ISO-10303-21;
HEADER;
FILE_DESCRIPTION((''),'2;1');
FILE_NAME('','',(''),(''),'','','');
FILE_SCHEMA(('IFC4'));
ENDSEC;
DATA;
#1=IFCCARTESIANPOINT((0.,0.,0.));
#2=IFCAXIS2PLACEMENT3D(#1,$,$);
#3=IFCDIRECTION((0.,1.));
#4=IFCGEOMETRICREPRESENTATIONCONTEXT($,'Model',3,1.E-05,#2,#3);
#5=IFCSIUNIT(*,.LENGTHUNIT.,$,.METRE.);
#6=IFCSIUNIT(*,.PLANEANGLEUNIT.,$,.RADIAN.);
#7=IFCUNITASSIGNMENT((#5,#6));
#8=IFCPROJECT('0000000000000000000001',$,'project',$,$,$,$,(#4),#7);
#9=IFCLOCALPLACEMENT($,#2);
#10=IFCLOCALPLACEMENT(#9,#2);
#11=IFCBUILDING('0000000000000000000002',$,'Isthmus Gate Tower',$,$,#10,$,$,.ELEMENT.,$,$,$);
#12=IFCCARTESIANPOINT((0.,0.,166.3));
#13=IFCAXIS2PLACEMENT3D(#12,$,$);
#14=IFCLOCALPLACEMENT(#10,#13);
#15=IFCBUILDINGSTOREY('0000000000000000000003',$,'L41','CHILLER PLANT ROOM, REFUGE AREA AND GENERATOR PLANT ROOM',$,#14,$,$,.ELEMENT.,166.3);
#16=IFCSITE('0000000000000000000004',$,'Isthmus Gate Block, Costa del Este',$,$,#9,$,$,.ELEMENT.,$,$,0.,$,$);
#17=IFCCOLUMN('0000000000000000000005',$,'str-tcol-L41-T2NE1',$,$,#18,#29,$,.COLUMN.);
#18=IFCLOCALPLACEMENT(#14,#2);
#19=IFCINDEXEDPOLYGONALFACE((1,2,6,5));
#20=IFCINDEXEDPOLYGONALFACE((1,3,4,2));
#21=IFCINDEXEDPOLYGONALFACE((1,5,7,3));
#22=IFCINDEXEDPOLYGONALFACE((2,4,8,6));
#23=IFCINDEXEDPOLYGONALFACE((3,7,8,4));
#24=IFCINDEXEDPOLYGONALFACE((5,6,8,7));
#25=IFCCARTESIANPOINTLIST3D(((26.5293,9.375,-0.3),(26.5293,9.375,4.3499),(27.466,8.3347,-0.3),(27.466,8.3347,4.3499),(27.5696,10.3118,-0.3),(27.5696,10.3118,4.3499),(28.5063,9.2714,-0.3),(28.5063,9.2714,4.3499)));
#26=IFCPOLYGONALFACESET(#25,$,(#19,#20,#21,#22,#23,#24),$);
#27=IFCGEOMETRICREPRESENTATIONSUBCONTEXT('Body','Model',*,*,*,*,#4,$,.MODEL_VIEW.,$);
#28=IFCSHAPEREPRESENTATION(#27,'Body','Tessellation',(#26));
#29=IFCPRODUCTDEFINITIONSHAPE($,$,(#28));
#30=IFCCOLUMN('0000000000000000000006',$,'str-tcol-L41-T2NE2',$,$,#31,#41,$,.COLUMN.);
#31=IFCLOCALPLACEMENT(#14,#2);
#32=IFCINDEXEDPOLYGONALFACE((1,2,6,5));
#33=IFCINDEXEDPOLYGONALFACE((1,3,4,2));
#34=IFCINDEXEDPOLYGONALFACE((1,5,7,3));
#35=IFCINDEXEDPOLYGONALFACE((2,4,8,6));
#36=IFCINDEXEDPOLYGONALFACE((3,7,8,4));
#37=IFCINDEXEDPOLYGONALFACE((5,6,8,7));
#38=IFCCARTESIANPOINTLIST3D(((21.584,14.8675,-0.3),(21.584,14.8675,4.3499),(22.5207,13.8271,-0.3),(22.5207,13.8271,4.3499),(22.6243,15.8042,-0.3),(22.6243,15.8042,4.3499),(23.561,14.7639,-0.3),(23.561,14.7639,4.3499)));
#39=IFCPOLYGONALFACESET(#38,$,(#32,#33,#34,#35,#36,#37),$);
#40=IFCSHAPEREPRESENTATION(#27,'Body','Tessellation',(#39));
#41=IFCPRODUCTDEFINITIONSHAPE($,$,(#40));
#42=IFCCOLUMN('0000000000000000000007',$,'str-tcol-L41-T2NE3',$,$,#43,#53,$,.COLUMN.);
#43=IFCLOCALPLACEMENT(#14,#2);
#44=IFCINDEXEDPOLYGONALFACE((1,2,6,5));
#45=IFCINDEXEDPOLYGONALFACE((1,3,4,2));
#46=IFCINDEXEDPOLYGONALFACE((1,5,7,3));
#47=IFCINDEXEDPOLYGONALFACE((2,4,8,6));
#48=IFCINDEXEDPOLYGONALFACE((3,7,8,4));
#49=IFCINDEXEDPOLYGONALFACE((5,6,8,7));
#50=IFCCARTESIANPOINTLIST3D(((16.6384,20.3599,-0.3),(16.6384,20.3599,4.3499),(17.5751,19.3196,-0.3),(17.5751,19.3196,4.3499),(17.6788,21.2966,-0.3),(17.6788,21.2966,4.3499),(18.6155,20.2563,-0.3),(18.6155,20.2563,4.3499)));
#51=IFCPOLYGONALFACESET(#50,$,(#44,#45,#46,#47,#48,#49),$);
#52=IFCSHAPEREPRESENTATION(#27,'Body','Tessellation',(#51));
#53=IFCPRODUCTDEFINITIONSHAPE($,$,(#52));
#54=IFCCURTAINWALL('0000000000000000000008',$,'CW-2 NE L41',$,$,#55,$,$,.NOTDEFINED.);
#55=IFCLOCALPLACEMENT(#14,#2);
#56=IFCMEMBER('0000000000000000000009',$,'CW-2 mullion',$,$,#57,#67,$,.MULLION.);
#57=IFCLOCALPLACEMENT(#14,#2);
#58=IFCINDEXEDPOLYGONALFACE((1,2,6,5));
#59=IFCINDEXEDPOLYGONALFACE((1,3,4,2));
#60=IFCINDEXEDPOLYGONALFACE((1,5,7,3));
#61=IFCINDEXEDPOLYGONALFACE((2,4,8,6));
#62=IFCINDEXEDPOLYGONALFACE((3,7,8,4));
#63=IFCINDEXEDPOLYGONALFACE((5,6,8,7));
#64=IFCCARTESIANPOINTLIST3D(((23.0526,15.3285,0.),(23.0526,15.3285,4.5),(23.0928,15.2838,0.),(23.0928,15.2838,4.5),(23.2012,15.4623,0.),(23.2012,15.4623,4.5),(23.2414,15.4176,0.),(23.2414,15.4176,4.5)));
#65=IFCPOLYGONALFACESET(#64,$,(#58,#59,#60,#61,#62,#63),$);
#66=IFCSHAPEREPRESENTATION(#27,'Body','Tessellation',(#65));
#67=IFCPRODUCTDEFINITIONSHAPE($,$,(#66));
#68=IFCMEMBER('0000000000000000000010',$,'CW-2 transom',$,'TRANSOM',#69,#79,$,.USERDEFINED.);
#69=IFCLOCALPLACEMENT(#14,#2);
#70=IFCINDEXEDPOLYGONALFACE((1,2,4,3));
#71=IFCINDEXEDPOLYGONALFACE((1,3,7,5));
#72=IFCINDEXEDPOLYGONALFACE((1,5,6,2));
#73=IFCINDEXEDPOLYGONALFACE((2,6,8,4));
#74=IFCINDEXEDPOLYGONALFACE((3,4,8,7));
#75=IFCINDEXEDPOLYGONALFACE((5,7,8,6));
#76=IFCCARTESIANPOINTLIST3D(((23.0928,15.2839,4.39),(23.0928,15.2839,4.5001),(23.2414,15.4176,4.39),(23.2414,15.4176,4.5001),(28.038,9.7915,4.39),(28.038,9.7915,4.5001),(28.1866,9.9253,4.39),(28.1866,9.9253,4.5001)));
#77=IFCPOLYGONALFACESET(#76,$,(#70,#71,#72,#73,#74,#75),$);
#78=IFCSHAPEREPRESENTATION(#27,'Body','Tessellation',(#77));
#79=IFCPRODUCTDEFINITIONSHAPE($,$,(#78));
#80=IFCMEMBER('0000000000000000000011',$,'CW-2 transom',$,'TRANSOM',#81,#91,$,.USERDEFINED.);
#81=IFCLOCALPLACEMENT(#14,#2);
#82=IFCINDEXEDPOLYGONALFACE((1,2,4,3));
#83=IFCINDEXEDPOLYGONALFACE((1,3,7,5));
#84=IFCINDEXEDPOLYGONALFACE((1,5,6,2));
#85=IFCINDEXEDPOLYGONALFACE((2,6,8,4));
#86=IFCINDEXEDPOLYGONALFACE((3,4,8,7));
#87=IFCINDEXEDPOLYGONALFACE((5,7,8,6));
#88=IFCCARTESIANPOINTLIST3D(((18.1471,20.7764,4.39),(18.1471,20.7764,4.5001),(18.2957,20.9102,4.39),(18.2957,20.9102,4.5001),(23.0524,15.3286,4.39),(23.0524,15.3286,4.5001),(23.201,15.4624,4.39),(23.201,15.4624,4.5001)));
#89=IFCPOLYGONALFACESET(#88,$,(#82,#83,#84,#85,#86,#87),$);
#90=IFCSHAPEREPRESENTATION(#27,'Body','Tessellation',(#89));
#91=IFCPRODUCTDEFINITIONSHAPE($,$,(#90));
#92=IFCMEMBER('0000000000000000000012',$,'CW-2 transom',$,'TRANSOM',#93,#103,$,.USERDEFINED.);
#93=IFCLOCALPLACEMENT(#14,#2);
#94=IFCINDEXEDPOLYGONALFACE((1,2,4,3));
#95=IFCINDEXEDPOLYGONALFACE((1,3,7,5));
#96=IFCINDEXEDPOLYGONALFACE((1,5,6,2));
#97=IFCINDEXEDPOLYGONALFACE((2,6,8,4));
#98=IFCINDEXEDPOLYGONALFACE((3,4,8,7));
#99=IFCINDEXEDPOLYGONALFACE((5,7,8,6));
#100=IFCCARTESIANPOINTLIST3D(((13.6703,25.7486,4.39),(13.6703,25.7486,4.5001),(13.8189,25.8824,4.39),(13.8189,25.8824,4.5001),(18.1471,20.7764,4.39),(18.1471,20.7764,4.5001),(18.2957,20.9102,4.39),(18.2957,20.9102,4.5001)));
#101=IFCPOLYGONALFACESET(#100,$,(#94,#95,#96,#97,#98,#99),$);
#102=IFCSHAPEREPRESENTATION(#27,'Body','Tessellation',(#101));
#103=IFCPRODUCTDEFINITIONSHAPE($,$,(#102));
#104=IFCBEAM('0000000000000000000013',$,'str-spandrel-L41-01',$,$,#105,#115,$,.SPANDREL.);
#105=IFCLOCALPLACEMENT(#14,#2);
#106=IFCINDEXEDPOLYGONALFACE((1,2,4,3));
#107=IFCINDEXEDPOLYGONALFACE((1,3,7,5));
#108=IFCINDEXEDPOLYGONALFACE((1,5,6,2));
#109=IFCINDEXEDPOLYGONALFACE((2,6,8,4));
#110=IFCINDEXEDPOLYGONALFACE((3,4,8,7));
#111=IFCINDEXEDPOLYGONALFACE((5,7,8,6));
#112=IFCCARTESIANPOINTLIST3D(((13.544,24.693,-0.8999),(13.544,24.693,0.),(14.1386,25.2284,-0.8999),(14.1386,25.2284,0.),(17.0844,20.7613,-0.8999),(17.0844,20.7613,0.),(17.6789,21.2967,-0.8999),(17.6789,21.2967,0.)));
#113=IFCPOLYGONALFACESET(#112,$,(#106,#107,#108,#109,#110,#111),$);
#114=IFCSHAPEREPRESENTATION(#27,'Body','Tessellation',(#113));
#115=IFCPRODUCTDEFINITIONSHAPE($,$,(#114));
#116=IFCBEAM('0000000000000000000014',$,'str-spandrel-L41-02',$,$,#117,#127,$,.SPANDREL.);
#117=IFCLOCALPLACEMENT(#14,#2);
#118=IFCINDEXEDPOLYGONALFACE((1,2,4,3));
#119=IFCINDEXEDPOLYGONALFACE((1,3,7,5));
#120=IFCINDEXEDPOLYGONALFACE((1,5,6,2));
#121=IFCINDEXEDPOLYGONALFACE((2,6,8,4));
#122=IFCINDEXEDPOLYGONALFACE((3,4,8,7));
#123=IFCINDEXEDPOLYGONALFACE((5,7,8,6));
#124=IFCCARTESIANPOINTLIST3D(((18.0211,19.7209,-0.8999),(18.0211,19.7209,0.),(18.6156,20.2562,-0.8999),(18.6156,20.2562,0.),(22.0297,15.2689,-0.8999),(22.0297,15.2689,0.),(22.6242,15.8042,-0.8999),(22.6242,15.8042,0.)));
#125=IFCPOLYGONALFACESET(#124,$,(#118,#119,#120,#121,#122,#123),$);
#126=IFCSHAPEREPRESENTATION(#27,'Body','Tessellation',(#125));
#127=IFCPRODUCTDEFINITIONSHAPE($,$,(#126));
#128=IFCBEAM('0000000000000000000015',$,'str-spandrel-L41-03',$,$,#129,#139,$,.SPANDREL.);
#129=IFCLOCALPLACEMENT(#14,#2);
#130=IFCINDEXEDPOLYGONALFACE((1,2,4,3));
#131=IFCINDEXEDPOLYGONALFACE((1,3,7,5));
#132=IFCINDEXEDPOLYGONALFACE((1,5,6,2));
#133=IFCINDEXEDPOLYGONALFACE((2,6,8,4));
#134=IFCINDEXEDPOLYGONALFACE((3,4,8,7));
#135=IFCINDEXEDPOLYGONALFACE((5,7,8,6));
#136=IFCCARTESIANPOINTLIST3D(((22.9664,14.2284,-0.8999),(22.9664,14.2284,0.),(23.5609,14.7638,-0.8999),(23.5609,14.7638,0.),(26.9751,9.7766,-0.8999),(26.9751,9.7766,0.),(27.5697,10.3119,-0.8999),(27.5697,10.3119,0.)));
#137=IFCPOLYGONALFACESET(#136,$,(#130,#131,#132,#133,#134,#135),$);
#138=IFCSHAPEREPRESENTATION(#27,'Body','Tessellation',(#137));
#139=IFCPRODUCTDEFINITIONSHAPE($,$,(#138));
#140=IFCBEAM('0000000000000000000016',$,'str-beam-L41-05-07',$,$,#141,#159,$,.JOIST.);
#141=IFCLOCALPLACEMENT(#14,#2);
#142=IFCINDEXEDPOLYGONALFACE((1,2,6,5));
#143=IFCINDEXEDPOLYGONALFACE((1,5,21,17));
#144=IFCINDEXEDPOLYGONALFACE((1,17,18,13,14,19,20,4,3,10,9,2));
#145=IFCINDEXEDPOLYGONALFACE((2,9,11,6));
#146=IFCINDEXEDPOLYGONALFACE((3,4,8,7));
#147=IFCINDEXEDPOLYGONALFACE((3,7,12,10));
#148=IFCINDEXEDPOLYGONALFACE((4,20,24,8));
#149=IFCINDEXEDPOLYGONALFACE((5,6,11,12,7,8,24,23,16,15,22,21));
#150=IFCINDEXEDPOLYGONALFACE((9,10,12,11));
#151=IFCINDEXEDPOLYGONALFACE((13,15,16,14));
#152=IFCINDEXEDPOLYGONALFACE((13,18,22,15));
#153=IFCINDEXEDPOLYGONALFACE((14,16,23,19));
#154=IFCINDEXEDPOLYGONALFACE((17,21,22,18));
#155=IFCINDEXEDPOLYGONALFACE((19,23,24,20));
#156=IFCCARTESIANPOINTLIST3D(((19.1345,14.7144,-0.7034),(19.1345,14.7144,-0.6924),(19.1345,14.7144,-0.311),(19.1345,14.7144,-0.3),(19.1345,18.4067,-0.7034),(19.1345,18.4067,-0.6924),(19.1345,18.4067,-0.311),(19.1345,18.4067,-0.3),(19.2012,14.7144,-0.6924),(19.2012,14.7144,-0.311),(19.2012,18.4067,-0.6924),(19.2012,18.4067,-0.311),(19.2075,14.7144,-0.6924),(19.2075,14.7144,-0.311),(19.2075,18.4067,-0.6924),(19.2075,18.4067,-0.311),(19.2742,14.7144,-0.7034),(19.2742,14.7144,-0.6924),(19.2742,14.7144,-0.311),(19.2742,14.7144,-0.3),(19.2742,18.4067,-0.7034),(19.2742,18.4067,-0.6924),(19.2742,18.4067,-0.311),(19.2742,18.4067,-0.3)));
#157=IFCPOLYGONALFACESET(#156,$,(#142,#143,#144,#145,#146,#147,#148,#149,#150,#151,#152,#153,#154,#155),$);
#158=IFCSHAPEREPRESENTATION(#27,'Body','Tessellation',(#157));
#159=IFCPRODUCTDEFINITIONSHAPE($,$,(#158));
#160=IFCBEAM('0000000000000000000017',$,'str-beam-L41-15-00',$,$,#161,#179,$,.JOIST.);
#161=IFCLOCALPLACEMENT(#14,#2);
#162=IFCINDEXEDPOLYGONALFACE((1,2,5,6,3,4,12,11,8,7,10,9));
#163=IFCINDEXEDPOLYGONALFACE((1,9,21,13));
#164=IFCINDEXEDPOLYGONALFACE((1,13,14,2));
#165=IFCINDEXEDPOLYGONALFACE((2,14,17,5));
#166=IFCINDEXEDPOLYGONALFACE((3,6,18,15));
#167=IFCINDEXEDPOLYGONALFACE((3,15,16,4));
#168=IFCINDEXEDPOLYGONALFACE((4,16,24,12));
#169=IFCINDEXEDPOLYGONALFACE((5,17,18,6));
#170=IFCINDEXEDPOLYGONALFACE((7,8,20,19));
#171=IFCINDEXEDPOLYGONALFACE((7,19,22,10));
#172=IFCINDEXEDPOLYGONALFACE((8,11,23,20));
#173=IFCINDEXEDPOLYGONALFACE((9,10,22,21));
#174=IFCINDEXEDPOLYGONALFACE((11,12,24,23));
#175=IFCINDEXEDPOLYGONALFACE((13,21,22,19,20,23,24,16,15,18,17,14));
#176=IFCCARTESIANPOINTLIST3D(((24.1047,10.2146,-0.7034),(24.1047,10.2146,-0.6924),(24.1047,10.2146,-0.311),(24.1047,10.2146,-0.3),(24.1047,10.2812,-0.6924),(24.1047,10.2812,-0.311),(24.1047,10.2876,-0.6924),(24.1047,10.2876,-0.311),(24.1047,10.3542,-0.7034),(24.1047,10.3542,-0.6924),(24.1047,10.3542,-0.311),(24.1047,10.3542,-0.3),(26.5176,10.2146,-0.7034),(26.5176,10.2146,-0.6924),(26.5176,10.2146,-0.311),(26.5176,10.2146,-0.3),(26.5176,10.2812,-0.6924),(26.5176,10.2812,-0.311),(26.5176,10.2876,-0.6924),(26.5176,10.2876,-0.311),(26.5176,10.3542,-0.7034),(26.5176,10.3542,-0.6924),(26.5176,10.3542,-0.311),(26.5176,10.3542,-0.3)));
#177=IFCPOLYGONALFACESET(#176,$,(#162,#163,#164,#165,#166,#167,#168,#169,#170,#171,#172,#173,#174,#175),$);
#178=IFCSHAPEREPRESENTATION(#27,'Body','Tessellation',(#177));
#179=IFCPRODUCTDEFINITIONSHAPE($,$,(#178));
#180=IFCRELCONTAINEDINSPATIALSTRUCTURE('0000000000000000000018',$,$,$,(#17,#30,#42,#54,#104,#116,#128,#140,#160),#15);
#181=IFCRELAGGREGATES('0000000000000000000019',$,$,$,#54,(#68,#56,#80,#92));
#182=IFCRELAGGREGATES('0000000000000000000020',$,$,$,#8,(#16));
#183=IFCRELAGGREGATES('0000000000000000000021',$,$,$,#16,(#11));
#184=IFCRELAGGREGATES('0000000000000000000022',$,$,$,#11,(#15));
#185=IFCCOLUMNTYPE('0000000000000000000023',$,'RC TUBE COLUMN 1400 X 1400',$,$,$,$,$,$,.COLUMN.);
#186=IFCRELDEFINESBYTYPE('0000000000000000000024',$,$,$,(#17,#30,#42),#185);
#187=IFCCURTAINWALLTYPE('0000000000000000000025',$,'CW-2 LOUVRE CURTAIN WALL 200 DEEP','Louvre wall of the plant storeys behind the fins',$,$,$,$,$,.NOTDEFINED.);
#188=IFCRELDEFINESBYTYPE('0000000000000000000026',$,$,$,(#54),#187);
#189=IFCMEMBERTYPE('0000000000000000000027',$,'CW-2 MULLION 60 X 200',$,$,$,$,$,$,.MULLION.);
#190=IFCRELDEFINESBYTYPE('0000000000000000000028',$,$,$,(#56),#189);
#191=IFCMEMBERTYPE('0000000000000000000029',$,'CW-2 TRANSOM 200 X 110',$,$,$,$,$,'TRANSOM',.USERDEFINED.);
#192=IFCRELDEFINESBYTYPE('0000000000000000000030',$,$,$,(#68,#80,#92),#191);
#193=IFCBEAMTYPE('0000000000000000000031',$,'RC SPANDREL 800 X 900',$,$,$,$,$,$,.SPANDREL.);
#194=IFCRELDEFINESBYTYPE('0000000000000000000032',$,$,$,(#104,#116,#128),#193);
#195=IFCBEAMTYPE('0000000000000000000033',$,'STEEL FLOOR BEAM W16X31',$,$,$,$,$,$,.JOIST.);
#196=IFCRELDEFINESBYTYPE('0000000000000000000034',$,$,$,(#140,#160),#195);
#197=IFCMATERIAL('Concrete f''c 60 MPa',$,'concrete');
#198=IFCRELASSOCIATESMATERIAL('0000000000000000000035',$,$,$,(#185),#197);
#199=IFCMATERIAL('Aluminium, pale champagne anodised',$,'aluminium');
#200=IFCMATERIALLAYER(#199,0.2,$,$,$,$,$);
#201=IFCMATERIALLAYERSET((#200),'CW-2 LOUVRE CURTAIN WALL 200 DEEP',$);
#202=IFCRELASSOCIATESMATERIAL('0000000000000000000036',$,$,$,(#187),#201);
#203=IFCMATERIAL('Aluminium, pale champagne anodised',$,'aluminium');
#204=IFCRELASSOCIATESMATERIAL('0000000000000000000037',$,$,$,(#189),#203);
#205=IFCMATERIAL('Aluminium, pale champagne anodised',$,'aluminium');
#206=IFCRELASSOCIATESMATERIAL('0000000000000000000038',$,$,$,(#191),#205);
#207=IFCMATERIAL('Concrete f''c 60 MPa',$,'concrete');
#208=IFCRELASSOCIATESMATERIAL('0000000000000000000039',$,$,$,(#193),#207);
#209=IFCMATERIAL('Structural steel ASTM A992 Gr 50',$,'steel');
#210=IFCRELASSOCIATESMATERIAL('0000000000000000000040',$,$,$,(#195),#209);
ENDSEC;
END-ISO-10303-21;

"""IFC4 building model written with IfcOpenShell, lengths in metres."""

from ifc_helpers import new_model, si_unit, direction, frame, origin, origin_2d, place, context, subcontext, project, spatial, rectangle, i_section, extrude, material, layer, layer_set, material_profile, profile_set, type_object, element, aggregate, save


model = new_model("IFC4")

# Units and contexts
model_context = context("Model", 3, precision=1e-05, world=origin(), true_north=direction((0.0, 1.0)))
body_context = subcontext(model_context, "Body", "Model", "MODEL_VIEW")
ifc_project = project(units=[si_unit("LENGTHUNIT", "METRE"), si_unit("PLANEANGLEUNIT", "RADIAN")], contexts=[model_context])

# Site, building, storey
site_placement = place(None, origin())
site = spatial("IfcSite", under=ifc_project, at=site_placement, Name="Isthmus Gate Block, Costa del Este", CompositionType="ELEMENT", RefElevation=0.0)
building_placement = place(site_placement, origin())
building = spatial("IfcBuilding", under=site, at=building_placement, Name="Isthmus Gate Tower", CompositionType="ELEMENT")
storey_placement = place(building_placement, frame((0.0, 0.0, 166.3)))
storey = spatial("IfcBuildingStorey", under=building, at=storey_placement, Name="L41", Description="CHILLER PLANT ROOM, REFUGE AREA AND GENERATOR PLANT ROOM", CompositionType="ELEMENT", Elevation=166.3)

# Columns
ifc_material_1 = material(Name="Concrete f'c 60 MPa", Category="concrete")
ifc_material_profile_1 = material_profile(ifc_material_1, rectangle(XDim=1.3999, YDim=1.3999, at=origin_2d()), Name="RC 1400X1400")
ifc_profile_set_1 = profile_set([ifc_material_profile_1], Name="Concrete f'c 60 MPa")
column_type = type_object("IfcColumnType", Name="RC TUBE COLUMN 1400 X 1400", PredefinedType="COLUMN", material=ifc_profile_set_1)
for number, where, z_axis, x_axis, name in (
    (1, (27.5178, 9.3232, -0.3), (0.0, 0.0, 1.0), (-0.669131, 0.743145, 0.0), "str-tcol-L41-T2NE1"),
    (2, (22.5725, 14.8157, -0.3), (0.0, 0.0, 1.0), (-0.669131, 0.743145, 0.0), "str-tcol-L41-T2NE2"),
    (3, (17.627, 20.3081, -0.3), (0.0, 0.0, 1.0), (-0.669131, 0.743145, 0.0), "str-tcol-L41-T2NE3"),
):
    element("IfcColumn", number, at=place(storey_placement, frame(where, z_axis=z_axis, x_axis=x_axis)), inside=storey, type_object=column_type, Name=name, PredefinedType="COLUMN", context=body_context, shape_type="SweptSolid", body=[
        extrude(rectangle(XDim=1.3999, YDim=1.3999, at=origin_2d()), origin(), (0.0, 0.0, 1.0), 4.6499),
    ])

# Curtain wall, members
ifc_material_2 = material(Name="Aluminium, pale champagne anodised", Category="aluminium")
ifc_layer_1 = layer(ifc_material_2, 0.2)
ifc_layer_set_1 = layer_set([ifc_layer_1], Name="CW-2 LOUVRE CURTAIN WALL 200 DEEP")
curtain_wall_type = type_object("IfcCurtainWallType", Name="CW-2 LOUVRE CURTAIN WALL 200 DEEP", Description="Louvre wall of the plant storeys behind the fins", PredefinedType="NOTDEFINED", material=ifc_layer_set_1)
curtain_wall_placement = place(storey_placement, origin())
curtain_wall = element("IfcCurtainWall", 4, at=curtain_wall_placement, inside=storey, type_object=curtain_wall_type, Name="CW-2 NE L41", PredefinedType="NOTDEFINED")
ifc_material_3 = material(Name="Aluminium, pale champagne anodised", Category="aluminium")
ifc_material_profile_2 = material_profile(ifc_material_3, rectangle(XDim=0.0601, YDim=0.2, at=origin_2d()), Name="60x200")
ifc_profile_set_2 = profile_set([ifc_material_profile_2], Name="Aluminium, pale champagne anodised")
member_type_1 = type_object("IfcMemberType", Name="CW-2 MULLION 60 X 200", PredefinedType="MULLION", material=ifc_profile_set_2)
member_1_placement = place(storey_placement, frame((23.147, 15.373, 0.0), z_axis=(0.0, 0.0, 1.0), x_axis=(-0.669131, 0.743145, 0.0)))
member_1 = element("IfcMember", 5, at=member_1_placement, type_object=member_type_1, Name="CW-2 mullion", PredefinedType="MULLION", context=body_context, shape_type="SweptSolid", body=[
    extrude(rectangle(XDim=0.0601, YDim=0.2, at=origin_2d()), origin(), (0.0, 0.0, 1.0), 4.5),
])
ifc_material_4 = material(Name="Aluminium, pale champagne anodised", Category="aluminium")
ifc_material_profile_3 = material_profile(ifc_material_4, rectangle(XDim=0.2, YDim=0.1101, at=origin_2d()), Name="200x110")
ifc_profile_set_3 = profile_set([ifc_material_profile_3], Name="Aluminium, pale champagne anodised")
member_type_2 = type_object("IfcMemberType", Name="CW-2 TRANSOM 200 X 110", ElementType="TRANSOM", PredefinedType="USERDEFINED", material=ifc_profile_set_3)
member_2_placement = place(storey_placement, frame((28.1123, 9.8584, 4.4451), z_axis=(-0.669123, 0.743151, 0.0), x_axis=(-0.743151, -0.669123, 0.0)))
member_2 = element("IfcMember", 6, at=member_2_placement, type_object=member_type_2, Name="CW-2 transom", ObjectType="TRANSOM", PredefinedType="USERDEFINED", context=body_context, shape_type="SweptSolid", body=[
    extrude(rectangle(XDim=0.2, YDim=0.1101, at=origin_2d()), origin(), (0.0, 0.0, 1.0), 7.3906),
])
member_3_placement = place(storey_placement, frame((23.1267, 15.3955, 4.4451), z_axis=(-0.669138, 0.743138, 0.0), x_axis=(-0.743138, -0.669138, 0.0)))
member_3 = element("IfcMember", 7, at=member_3_placement, type_object=member_type_2, Name="CW-2 transom", ObjectType="TRANSOM", PredefinedType="USERDEFINED", context=body_context, shape_type="SweptSolid", body=[
    extrude(rectangle(XDim=0.2, YDim=0.1101, at=origin_2d()), origin(), (0.0, 0.0, 1.0), 7.3308),
])
member_4_placement = place(storey_placement, frame((18.2214, 20.8433, 4.4451), z_axis=(-0.669118, 0.743156, 0.0), x_axis=(-0.743156, -0.669118, 0.0)))
member_4 = element("IfcMember", 8, at=member_4_placement, type_object=member_type_2, Name="CW-2 transom", ObjectType="TRANSOM", PredefinedType="USERDEFINED", context=body_context, shape_type="SweptSolid", body=[
    extrude(rectangle(XDim=0.2, YDim=0.1101, at=origin_2d()), origin(), (0.0, 0.0, 1.0), 6.6907),
])

# Beams
ifc_material_5 = material(Name="Concrete f'c 60 MPa", Category="concrete")
ifc_material_profile_4 = material_profile(ifc_material_5, rectangle(XDim=0.8, YDim=0.8999, at=origin_2d()), Name="RC 800X900")
ifc_profile_set_4 = profile_set([ifc_material_profile_4], Name="Concrete f'c 60 MPa")
beam_type_1 = type_object("IfcBeamType", Name="RC SPANDREL 800 X 900", PredefinedType="SPANDREL", material=ifc_profile_set_4)
beam_1_placement = place(storey_placement, frame((13.8413, 24.9607, -0.45), z_axis=(0.669153, -0.743124, 0.0), x_axis=(0.743124, 0.669153, 0.0)))
element("IfcBeam", 9, at=beam_1_placement, inside=storey, type_object=beam_type_1, Name="str-spandrel-L41-01", PredefinedType="SPANDREL", context=body_context, shape_type="SweptSolid", body=[
    extrude(rectangle(XDim=0.8, YDim=0.8999, at=origin_2d()), origin(), (0.0, 0.0, 1.0), 5.2908),
])
for number, where, z_axis, x_axis, name in (
    (10, (18.3184, 19.9885, -0.45), (0.669134, -0.743142, 0.0), (0.743142, 0.669134, 0.0), "str-spandrel-L41-02"),
    (11, (23.2637, 14.4961, -0.45), (0.669156, -0.743122, 0.0), (0.743122, 0.669156, 0.0), "str-spandrel-L41-03"),
):
    element("IfcBeam", number, at=place(storey_placement, frame(where, z_axis=z_axis, x_axis=x_axis)), inside=storey, type_object=beam_type_1, Name=name, PredefinedType="SPANDREL", context=body_context, shape_type="SweptSolid", body=[
        extrude(rectangle(XDim=0.8, YDim=0.8999, at=origin_2d()), origin(), (0.0, 0.0, 1.0), 5.9907),
    ])
ifc_material_6 = material(Name="Structural steel ASTM A992 Gr 50", Category="steel")
ifc_material_profile_5 = material_profile(ifc_material_6, i_section(OverallWidth=0.1396, OverallDepth=0.4033, WebThickness=0.0063, FlangeThickness=0.011, at=origin_2d()), Name="W16X31")
ifc_profile_set_5 = profile_set([ifc_material_profile_5], Name="Structural steel ASTM A992 Gr 50")
beam_type_2 = type_object("IfcBeamType", Name="STEEL FLOOR BEAM W16X31", PredefinedType="JOIST", material=ifc_profile_set_5)
beam_2_placement = place(storey_placement, frame((19.2043, 14.7144, -0.5017), z_axis=(0.0, 1.0, 0.0), x_axis=(-1.0, 0.0, 0.0)))
element("IfcBeam", 12, at=beam_2_placement, inside=storey, type_object=beam_type_2, Name="str-beam-L41-05-07", PredefinedType="JOIST", context=body_context, shape_type="SweptSolid", body=[
    extrude(i_section(OverallWidth=0.1396, OverallDepth=0.4033, WebThickness=0.0063, FlangeThickness=0.011, at=origin_2d()), origin(), (0.0, 0.0, 1.0), 3.6924),
])
beam_3_placement = place(storey_placement, frame((24.1047, 10.2844, -0.5017), z_axis=(1.0, 0.0, 0.0), x_axis=(0.0, 1.0, 0.0)))
element("IfcBeam", 13, at=beam_3_placement, inside=storey, type_object=beam_type_2, Name="str-beam-L41-15-00", PredefinedType="JOIST", context=body_context, shape_type="SweptSolid", body=[
    extrude(i_section(OverallWidth=0.1396, OverallDepth=0.4033, WebThickness=0.0063, FlangeThickness=0.011, at=origin_2d()), origin(), (0.0, 0.0, 1.0), 2.4128),
])

aggregate(curtain_wall, [member_2, member_1, member_3, member_4])

save(model, "model.ifc")
